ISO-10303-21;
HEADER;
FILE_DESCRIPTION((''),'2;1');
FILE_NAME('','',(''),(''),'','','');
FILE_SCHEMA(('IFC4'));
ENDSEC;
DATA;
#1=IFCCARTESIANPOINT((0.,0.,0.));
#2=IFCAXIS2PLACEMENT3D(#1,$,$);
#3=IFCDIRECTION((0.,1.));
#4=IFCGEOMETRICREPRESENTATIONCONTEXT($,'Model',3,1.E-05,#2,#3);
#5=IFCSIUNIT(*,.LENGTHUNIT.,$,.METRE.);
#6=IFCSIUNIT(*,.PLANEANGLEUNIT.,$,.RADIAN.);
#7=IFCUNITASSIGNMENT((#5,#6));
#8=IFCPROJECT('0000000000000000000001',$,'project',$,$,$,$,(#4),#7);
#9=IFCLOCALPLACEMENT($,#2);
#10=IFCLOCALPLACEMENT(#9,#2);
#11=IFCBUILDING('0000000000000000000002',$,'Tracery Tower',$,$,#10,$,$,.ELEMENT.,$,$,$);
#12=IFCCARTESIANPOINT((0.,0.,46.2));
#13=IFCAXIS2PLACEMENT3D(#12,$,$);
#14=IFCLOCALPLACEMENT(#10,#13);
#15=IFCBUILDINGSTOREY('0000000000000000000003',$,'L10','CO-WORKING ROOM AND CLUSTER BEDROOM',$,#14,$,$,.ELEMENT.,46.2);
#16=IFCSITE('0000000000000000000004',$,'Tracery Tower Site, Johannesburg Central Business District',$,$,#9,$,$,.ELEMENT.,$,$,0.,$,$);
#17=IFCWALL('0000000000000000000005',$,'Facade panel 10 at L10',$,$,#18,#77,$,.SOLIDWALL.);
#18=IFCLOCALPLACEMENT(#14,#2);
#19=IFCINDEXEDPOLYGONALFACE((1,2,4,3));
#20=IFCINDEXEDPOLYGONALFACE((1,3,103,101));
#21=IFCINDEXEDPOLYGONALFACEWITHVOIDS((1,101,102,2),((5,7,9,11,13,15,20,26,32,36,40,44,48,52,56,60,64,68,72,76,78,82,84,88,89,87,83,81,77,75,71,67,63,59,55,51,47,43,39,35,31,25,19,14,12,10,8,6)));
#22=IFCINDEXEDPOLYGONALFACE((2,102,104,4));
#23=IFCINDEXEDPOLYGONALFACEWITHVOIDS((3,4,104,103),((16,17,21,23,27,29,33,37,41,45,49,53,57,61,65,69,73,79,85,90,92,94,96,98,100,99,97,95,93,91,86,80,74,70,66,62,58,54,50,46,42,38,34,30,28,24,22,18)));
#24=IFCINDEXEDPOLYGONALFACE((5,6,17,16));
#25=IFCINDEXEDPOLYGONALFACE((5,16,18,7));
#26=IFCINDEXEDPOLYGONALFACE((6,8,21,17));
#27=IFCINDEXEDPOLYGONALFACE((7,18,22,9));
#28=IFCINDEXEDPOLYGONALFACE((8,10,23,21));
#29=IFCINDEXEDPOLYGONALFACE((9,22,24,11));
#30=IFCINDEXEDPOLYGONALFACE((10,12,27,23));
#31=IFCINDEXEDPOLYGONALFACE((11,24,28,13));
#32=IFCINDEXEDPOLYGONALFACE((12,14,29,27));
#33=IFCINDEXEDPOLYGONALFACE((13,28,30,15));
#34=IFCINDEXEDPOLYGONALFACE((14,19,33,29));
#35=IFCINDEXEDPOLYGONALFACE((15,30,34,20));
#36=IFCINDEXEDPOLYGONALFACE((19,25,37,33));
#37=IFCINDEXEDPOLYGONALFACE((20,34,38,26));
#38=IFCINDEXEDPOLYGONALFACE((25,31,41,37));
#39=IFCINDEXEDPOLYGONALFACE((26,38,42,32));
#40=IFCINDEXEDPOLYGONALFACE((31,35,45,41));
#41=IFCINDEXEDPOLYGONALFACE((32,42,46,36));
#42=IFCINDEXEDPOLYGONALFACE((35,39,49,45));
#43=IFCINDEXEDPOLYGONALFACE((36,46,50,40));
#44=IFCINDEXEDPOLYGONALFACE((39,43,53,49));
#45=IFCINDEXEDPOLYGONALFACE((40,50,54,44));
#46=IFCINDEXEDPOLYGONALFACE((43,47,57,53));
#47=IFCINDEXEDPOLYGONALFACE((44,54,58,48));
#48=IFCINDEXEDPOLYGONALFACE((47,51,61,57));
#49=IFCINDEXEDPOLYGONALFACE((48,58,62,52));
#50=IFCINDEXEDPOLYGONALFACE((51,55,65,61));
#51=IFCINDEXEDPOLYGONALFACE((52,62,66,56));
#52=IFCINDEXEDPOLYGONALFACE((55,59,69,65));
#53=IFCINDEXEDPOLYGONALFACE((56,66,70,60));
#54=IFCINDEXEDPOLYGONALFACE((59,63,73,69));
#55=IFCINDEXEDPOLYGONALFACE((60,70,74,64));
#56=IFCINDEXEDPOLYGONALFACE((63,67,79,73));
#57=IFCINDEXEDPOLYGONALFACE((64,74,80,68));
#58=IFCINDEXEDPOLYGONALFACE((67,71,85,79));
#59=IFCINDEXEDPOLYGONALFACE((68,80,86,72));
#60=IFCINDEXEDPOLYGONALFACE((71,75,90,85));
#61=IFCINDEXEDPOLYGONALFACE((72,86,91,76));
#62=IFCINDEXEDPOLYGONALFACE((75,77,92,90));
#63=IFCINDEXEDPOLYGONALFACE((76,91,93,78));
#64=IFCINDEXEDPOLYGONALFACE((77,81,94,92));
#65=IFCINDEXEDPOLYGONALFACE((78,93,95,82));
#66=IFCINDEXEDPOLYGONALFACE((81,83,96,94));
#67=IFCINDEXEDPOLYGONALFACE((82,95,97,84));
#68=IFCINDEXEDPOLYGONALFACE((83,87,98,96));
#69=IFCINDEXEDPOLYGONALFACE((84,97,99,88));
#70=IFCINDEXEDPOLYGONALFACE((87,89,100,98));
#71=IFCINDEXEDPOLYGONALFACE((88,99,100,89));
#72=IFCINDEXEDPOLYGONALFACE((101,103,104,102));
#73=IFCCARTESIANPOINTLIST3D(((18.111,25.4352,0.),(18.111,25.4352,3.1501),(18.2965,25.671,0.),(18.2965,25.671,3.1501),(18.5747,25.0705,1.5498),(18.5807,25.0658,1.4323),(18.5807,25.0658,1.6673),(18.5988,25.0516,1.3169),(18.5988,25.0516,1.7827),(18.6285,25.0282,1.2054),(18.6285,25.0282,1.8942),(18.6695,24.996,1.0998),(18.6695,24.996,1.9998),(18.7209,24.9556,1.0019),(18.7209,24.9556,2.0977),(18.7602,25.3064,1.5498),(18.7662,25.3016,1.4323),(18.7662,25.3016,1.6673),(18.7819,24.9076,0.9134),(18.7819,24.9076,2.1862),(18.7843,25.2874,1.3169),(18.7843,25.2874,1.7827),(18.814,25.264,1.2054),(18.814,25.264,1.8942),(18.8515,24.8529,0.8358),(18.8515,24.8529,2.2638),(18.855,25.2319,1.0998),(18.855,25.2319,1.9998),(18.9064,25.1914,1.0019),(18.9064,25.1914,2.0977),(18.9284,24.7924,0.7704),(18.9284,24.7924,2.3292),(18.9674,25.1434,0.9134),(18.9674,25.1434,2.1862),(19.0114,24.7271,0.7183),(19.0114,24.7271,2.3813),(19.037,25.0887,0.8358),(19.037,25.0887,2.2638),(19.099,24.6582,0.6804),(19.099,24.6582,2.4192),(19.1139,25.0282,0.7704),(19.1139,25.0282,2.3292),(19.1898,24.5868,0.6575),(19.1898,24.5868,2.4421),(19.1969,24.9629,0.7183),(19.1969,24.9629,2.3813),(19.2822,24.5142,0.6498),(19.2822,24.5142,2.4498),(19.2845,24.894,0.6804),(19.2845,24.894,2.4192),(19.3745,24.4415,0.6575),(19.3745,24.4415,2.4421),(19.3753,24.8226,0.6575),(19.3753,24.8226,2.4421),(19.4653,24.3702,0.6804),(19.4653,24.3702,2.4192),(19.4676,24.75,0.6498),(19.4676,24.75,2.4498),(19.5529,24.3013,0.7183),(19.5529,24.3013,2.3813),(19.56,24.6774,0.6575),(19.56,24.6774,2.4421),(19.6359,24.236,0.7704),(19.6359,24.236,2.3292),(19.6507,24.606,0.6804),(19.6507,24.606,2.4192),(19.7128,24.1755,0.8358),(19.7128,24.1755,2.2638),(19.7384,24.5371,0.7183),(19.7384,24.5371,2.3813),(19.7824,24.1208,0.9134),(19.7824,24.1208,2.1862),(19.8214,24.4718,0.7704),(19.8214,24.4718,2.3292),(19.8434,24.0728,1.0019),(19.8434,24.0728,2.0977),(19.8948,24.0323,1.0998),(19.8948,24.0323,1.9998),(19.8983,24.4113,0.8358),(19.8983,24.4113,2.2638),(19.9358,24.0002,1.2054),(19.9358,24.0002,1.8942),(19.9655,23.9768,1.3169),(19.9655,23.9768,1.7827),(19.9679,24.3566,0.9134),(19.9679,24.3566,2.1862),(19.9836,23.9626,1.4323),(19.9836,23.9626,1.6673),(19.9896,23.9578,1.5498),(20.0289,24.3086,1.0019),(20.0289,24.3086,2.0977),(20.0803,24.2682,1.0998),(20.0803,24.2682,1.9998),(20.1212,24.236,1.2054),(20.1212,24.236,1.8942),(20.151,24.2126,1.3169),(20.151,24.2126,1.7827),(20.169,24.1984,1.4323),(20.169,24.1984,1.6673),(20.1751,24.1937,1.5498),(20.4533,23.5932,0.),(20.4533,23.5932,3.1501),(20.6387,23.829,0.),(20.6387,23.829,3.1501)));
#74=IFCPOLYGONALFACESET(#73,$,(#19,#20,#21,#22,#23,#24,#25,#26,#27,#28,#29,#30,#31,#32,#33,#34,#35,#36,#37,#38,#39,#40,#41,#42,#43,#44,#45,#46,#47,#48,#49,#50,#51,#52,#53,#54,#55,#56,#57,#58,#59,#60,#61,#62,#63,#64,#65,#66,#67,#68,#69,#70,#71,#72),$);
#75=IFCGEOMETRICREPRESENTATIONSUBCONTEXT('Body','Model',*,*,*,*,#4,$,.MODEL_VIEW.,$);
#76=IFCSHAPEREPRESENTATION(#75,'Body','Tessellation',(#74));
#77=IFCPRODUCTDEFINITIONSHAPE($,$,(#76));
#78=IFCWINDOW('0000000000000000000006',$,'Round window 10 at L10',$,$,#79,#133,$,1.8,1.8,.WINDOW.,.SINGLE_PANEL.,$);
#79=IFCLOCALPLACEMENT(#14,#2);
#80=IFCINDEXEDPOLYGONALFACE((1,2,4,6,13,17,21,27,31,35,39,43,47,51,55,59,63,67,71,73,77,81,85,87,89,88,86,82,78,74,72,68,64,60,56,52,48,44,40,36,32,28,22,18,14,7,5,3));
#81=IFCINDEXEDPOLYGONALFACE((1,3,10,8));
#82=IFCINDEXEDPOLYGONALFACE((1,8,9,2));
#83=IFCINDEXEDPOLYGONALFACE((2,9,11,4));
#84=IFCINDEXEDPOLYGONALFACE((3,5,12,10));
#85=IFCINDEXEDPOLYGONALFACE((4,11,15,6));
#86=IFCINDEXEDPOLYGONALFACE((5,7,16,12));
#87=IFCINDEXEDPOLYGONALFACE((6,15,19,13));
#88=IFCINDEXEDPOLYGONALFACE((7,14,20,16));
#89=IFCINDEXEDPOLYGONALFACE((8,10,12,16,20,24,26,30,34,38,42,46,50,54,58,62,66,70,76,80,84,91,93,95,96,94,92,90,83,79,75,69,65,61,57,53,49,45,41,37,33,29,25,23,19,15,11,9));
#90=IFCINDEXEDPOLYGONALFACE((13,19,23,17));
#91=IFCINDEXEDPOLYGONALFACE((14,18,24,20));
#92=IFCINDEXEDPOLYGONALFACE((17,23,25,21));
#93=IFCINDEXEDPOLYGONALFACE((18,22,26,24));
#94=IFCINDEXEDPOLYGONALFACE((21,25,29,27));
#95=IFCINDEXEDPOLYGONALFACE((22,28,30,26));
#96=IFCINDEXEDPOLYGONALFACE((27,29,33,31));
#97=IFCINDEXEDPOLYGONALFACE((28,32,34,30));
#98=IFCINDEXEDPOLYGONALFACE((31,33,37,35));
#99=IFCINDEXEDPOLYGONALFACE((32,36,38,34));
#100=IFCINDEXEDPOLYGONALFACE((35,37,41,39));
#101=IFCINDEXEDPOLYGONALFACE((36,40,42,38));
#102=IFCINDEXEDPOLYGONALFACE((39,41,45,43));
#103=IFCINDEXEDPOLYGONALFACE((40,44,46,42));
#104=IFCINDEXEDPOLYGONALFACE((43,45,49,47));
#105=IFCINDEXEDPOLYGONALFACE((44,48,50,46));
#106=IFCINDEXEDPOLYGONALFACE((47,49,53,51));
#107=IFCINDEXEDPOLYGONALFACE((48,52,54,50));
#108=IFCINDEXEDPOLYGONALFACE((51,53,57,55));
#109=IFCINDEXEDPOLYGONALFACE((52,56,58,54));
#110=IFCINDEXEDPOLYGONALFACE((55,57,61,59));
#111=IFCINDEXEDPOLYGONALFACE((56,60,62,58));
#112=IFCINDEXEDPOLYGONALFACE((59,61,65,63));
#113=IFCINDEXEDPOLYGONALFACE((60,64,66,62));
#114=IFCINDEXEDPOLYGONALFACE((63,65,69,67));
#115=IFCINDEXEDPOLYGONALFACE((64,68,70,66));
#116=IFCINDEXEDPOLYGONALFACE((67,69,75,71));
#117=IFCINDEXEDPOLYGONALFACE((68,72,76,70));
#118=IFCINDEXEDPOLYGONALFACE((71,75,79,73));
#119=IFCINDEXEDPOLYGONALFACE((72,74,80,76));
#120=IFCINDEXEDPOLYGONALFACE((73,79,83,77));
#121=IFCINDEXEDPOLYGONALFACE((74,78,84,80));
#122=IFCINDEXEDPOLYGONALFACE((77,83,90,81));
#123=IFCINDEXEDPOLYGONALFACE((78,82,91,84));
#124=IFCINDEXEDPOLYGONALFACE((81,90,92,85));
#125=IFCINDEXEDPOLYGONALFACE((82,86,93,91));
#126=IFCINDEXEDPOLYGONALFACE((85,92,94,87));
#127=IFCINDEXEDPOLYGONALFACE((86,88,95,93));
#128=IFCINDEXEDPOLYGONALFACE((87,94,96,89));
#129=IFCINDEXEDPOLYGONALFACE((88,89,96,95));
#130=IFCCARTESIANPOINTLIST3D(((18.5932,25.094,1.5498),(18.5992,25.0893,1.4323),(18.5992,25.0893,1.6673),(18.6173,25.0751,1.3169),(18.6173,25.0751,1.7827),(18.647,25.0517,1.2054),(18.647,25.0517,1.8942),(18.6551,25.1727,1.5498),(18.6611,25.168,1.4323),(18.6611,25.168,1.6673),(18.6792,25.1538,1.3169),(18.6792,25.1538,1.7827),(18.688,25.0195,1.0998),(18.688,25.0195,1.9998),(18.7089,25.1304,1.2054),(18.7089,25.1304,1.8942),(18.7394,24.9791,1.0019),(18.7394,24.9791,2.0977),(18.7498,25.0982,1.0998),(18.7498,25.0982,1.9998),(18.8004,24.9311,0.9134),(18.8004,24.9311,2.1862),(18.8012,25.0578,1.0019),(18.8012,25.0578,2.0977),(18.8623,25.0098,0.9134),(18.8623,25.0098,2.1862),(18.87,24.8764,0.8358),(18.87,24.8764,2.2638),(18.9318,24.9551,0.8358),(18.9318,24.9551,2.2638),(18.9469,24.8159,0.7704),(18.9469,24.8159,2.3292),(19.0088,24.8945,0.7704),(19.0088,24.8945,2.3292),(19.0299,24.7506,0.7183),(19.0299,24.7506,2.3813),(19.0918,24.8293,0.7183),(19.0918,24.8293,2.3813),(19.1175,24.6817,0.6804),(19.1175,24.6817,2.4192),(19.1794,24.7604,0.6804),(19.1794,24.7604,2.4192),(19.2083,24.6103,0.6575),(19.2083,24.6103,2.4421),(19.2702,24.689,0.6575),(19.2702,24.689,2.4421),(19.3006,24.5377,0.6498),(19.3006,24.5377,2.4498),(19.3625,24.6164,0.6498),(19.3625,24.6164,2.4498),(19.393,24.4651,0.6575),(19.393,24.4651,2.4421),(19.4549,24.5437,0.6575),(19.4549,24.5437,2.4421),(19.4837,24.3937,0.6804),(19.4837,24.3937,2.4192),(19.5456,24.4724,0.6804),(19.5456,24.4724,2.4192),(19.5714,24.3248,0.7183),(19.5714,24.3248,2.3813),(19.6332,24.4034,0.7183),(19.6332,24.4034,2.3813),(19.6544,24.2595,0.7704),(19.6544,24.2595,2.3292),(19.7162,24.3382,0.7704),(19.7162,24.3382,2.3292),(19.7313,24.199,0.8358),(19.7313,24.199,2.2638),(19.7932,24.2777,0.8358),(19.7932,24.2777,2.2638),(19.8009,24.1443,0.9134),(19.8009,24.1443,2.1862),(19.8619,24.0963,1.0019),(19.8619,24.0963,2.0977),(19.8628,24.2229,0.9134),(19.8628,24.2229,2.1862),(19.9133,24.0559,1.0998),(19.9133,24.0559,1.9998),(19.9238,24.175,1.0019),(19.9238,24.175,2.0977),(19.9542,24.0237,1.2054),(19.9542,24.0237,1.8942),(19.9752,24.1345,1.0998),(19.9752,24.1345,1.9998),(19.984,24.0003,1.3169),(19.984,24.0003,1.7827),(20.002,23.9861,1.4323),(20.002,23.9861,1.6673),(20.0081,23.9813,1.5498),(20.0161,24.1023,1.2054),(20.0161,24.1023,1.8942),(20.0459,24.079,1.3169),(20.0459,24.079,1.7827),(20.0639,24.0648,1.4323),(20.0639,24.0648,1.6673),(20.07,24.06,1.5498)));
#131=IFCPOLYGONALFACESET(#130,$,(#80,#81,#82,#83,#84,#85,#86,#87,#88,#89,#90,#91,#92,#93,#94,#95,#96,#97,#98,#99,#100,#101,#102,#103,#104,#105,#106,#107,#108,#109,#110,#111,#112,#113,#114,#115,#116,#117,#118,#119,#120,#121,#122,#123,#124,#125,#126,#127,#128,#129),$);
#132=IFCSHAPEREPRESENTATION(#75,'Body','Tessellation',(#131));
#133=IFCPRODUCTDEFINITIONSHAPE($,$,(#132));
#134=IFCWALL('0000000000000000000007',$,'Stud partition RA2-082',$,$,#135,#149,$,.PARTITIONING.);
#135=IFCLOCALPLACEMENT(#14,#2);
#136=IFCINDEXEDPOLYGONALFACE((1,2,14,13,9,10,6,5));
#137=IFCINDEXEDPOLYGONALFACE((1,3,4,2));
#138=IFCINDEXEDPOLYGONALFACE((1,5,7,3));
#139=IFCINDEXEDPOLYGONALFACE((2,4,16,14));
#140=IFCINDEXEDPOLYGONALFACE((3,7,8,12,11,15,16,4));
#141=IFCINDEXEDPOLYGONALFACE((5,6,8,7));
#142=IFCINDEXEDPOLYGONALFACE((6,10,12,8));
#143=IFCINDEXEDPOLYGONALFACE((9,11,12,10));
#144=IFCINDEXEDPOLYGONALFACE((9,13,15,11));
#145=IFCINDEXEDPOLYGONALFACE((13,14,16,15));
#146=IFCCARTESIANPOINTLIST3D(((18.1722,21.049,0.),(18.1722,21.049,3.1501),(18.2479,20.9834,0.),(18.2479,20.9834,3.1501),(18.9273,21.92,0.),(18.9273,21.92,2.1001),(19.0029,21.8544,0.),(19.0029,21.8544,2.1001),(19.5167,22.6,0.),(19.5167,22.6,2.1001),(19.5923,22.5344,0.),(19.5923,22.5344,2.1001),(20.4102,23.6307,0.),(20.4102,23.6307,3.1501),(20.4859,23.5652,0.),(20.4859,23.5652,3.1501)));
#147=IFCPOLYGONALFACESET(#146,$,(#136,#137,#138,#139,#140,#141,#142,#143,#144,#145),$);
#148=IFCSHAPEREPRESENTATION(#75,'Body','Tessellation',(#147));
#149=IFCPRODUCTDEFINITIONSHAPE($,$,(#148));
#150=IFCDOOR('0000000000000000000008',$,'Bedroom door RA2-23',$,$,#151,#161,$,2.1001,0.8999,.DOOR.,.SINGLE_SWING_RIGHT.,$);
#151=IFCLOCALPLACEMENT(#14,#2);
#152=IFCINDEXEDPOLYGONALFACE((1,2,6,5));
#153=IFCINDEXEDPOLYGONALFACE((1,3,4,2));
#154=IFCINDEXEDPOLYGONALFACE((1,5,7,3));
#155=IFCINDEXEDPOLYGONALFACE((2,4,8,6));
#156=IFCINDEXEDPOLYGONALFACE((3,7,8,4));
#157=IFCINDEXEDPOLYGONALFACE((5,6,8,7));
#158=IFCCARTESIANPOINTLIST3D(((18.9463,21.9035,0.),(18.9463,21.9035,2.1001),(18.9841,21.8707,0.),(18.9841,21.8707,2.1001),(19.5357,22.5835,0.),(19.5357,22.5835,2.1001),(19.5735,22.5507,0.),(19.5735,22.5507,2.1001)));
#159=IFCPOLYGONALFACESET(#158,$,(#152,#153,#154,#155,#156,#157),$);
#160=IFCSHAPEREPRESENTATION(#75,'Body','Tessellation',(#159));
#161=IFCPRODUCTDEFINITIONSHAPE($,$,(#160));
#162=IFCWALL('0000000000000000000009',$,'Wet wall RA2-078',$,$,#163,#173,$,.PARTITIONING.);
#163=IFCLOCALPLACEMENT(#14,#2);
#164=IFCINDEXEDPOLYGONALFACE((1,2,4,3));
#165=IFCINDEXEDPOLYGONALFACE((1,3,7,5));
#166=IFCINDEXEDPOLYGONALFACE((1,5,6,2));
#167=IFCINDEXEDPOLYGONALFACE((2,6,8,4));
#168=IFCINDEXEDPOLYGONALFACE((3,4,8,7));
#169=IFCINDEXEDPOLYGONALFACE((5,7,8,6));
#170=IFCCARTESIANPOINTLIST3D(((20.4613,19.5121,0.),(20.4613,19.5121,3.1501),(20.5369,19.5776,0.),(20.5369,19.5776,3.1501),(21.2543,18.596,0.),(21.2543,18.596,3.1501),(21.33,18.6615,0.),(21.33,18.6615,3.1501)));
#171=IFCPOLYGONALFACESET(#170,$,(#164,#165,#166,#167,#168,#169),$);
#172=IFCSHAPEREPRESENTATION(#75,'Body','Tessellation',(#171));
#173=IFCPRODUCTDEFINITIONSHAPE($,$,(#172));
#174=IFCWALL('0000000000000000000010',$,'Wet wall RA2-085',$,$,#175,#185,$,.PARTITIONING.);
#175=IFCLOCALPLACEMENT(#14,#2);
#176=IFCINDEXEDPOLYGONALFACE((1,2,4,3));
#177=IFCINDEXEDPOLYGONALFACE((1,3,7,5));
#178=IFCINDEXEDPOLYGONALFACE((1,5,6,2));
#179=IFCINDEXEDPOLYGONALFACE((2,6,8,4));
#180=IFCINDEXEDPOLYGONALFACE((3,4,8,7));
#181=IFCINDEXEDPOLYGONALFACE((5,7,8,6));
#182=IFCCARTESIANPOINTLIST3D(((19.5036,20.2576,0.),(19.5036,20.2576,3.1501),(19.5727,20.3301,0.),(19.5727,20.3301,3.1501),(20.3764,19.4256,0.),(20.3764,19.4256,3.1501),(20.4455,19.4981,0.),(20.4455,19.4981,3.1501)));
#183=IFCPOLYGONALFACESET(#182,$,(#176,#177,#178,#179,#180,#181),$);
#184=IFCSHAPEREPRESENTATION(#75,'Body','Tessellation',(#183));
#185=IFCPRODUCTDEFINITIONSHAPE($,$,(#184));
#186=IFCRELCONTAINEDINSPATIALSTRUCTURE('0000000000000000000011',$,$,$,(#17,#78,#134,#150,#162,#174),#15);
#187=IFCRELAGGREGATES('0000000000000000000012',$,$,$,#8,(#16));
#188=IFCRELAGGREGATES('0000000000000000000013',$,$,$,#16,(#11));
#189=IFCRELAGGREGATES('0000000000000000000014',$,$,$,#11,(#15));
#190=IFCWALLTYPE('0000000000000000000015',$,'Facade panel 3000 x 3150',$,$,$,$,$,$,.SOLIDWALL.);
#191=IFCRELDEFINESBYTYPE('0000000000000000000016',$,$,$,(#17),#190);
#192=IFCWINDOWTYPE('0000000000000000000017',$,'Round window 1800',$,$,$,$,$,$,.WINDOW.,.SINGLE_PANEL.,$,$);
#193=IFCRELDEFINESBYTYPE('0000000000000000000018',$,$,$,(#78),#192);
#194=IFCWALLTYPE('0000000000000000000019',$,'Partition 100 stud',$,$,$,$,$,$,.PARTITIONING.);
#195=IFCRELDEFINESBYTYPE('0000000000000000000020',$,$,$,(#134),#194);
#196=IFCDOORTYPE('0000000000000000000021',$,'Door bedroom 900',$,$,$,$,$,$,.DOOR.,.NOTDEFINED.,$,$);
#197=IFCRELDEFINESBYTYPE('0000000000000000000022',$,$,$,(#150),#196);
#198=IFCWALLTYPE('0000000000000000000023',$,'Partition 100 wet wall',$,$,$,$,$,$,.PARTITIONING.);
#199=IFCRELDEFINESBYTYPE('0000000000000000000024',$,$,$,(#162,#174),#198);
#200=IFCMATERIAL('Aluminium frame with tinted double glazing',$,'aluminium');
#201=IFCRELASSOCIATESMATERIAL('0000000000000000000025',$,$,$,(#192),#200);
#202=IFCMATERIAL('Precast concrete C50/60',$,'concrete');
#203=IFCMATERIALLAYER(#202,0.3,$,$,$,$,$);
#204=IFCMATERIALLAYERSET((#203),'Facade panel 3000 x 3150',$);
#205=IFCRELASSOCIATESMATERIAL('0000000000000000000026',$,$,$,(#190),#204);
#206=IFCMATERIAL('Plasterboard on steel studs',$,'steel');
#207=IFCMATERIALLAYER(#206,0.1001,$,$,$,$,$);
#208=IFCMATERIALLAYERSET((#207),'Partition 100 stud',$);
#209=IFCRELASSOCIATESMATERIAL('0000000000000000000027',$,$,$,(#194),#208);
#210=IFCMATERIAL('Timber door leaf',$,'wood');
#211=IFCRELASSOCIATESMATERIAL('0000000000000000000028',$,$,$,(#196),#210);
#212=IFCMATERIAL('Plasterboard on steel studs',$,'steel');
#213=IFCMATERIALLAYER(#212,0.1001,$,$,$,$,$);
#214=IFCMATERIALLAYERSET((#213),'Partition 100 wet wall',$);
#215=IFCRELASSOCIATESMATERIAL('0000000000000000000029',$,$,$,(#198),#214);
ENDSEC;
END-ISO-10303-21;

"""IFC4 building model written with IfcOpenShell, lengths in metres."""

from ifc_helpers import new_model, si_unit, direction, frame, frame_2d, origin, origin_2d, place, context, subcontext, project, spatial, rectangle, circle, extrude, material, layer, layer_set, type_object, element, fill, save


model = new_model("IFC4")

# Units and contexts
model_context = context("Model", 3, precision=1e-05, world=origin(), true_north=direction((0.0, 1.0)))
body_context = subcontext(model_context, "Body", "Model", "MODEL_VIEW")
ifc_project = project(units=[si_unit("LENGTHUNIT", "METRE"), si_unit("PLANEANGLEUNIT", "RADIAN")], contexts=[model_context])

# Site, building, storey
site_placement = place(None, origin())
site = spatial("IfcSite", under=ifc_project, at=site_placement, Name="Tracery Tower Site, Johannesburg Central Business District", CompositionType="ELEMENT", RefElevation=0.0)
building_placement = place(site_placement, origin())
building = spatial("IfcBuilding", under=site, at=building_placement, Name="Tracery Tower", CompositionType="ELEMENT")
storey_placement = place(building_placement, frame((0.0, 0.0, 46.2)))
storey = spatial("IfcBuildingStorey", under=building, at=storey_placement, Name="L10", Description="CO-WORKING ROOM AND CLUSTER BEDROOM", CompositionType="ELEMENT", Elevation=46.2)

# Wall, opening, window
ifc_material_1 = material(Name="Aluminium frame with tinted double glazing", Category="aluminium")
window_type = type_object("IfcWindowType", Name="Round window 1800", PartitioningType="SINGLE_PANEL", PredefinedType="WINDOW", material=ifc_material_1)
ifc_material_2 = material(Name="Precast concrete C50/60", Category="concrete")
ifc_layer_1 = layer(ifc_material_2, 0.3)
ifc_layer_set_1 = layer_set([ifc_layer_1], Name="Facade panel 3000 x 3150")
wall_type_1 = type_object("IfcWallType", Name="Facade panel 3000 x 3150", PredefinedType="SOLIDWALL", material=ifc_layer_set_1)
wall_1_placement = place(storey_placement, frame((20.5459, 23.7112, 0.0), z_axis=(0.0, 0.0, 1.0), x_axis=(-0.786045, 0.618169, 0.0)))
wall_1 = element("IfcWall", 1, at=wall_1_placement, inside=storey, type_object=wall_type_1, Name="Facade panel 10 at L10", PredefinedType="SOLIDWALL", context=body_context, shape_type="SweptSolid", body=[
    extrude(rectangle(XDim=2.9797, YDim=0.3, at=frame_2d((1.4897, 0.0))), origin(), (0.0, 0.0, 1.0), 3.1501),
])
opening_1_placement = place(wall_1_placement, frame((1.4897, 0.0, 1.5498)))
opening_1 = element("IfcOpeningElement", 2, at=opening_1_placement, cuts=wall_1, PredefinedType="OPENING", context=body_context, shape_type="SweptSolid", body=[
    extrude(circle(Radius=0.9, at=origin_2d()), frame((0.0, 0.1599, 0.0), z_axis=(0.0, -1.0, 0.0), x_axis=(1.0, 0.0, 0.0)), (0.0, 0.0, 1.0), 0.3201),
])
window_1_placement = place(opening_1_placement, origin())
window_1 = element("IfcWindow", 3, at=window_1_placement, inside=storey, type_object=window_type, Name="Round window 10 at L10", OverallHeight=1.8, OverallWidth=1.8, PartitioningType="SINGLE_PANEL", PredefinedType="WINDOW", context=body_context, shape_type="SweptSolid", body=[
    extrude(circle(Radius=0.9, at=origin_2d()), frame((0.0, 0.1201, 0.0), z_axis=(0.0, -1.0, 0.0), x_axis=(1.0, 0.0, 0.0)), (0.0, 0.0, 1.0), 0.1001),
])
fill(opening_1, window_1)

# Wall, opening, door
ifc_material_3 = material(Name="Plasterboard on steel studs", Category="steel")
ifc_layer_2 = layer(ifc_material_3, 0.1001)
ifc_layer_set_2 = layer_set([ifc_layer_2], Name="Partition 100 stud")
wall_type_2 = type_object("IfcWallType", Name="Partition 100 stud", PredefinedType="PARTITIONING", material=ifc_layer_set_2)
wall_2_placement = place(storey_placement, frame((18.21, 21.0161, 0.0), z_axis=(0.0, 0.0, 1.0), x_axis=(0.655012, 0.755618, 0.0)))
wall_2 = element("IfcWall", 4, at=wall_2_placement, inside=storey, type_object=wall_type_2, Name="Stud partition RA2-082", PredefinedType="PARTITIONING", context=body_context, shape_type="SweptSolid", body=[
    extrude(rectangle(XDim=3.4167, YDim=0.1001, at=frame_2d((1.7085, 0.0))), origin(), (0.0, 0.0, 1.0), 3.1501),
])
opening_2_placement = place(wall_2_placement, frame((1.1528, 0.0, 0.0)))
opening_2 = element("IfcOpeningElement", 5, at=opening_2_placement, cuts=wall_2, PredefinedType="OPENING", context=body_context, shape_type="SweptSolid", body=[
    extrude(rectangle(XDim=0.8999, YDim=2.1001, at=frame_2d((0.45, 1.05))), frame((0.0, 0.05, 0.0), z_axis=(0.0, -1.0, 0.0), x_axis=(1.0, 0.0, 0.0)), (0.0, 0.0, 1.0), 0.1001),
])
ifc_material_4 = material(Name="Timber door leaf", Category="wood")
door_type = type_object("IfcDoorType", Name="Door bedroom 900", OperationType="NOTDEFINED", PredefinedType="DOOR", material=ifc_material_4)
door_placement = place(opening_2_placement, origin())
door = element("IfcDoor", 6, at=door_placement, inside=storey, type_object=door_type, Name="Bedroom door RA2-23", OperationType="SINGLE_SWING_RIGHT", OverallHeight=2.1001, OverallWidth=0.8999, PredefinedType="DOOR", context=body_context, shape_type="SweptSolid", body=[
    extrude(rectangle(XDim=0.8999, YDim=2.1001, at=frame_2d((0.45, 1.05))), frame((0.0, 0.0249, 0.0), z_axis=(0.0, -1.0, 0.0), x_axis=(1.0, 0.0, 0.0)), (0.0, 0.0, 1.0), 0.05),
])
fill(opening_2, door)

# Walls
ifc_material_5 = material(Name="Plasterboard on steel studs", Category="steel")
ifc_layer_3 = layer(ifc_material_5, 0.1001)
ifc_layer_set_3 = layer_set([ifc_layer_3], Name="Partition 100 wet wall")
wall_type_3 = type_object("IfcWallType", Name="Partition 100 wet wall", PredefinedType="PARTITIONING", material=ifc_layer_set_3)
wall_3_placement = place(storey_placement, frame((20.499, 19.5449, 0.0), z_axis=(0.0, 0.0, 1.0), x_axis=(0.654501, -0.756061, 0.0)))
element("IfcWall", 7, at=wall_3_placement, inside=storey, type_object=wall_type_3, Name="Wet wall RA2-078", PredefinedType="PARTITIONING", context=body_context, shape_type="SweptSolid", body=[
    extrude(rectangle(XDim=1.2117, YDim=0.1001, at=frame_2d((0.606, 0.0))), origin(), (0.0, 0.0, 1.0), 3.1501),
])
wall_4_placement = place(storey_placement, frame((19.5381, 20.2939, 0.0), z_axis=(0.0, 0.0, 1.0), x_axis=(0.72381, -0.689999, 0.0)))
element("IfcWall", 8, at=wall_4_placement, inside=storey, type_object=wall_type_3, Name="Wet wall RA2-085", PredefinedType="PARTITIONING", context=body_context, shape_type="SweptSolid", body=[
    extrude(rectangle(XDim=1.2058, YDim=0.1001, at=frame_2d((0.603, 0.0))), origin(), (0.0, 0.0, 1.0), 3.1501),
])

save(model, "model.ifc")
